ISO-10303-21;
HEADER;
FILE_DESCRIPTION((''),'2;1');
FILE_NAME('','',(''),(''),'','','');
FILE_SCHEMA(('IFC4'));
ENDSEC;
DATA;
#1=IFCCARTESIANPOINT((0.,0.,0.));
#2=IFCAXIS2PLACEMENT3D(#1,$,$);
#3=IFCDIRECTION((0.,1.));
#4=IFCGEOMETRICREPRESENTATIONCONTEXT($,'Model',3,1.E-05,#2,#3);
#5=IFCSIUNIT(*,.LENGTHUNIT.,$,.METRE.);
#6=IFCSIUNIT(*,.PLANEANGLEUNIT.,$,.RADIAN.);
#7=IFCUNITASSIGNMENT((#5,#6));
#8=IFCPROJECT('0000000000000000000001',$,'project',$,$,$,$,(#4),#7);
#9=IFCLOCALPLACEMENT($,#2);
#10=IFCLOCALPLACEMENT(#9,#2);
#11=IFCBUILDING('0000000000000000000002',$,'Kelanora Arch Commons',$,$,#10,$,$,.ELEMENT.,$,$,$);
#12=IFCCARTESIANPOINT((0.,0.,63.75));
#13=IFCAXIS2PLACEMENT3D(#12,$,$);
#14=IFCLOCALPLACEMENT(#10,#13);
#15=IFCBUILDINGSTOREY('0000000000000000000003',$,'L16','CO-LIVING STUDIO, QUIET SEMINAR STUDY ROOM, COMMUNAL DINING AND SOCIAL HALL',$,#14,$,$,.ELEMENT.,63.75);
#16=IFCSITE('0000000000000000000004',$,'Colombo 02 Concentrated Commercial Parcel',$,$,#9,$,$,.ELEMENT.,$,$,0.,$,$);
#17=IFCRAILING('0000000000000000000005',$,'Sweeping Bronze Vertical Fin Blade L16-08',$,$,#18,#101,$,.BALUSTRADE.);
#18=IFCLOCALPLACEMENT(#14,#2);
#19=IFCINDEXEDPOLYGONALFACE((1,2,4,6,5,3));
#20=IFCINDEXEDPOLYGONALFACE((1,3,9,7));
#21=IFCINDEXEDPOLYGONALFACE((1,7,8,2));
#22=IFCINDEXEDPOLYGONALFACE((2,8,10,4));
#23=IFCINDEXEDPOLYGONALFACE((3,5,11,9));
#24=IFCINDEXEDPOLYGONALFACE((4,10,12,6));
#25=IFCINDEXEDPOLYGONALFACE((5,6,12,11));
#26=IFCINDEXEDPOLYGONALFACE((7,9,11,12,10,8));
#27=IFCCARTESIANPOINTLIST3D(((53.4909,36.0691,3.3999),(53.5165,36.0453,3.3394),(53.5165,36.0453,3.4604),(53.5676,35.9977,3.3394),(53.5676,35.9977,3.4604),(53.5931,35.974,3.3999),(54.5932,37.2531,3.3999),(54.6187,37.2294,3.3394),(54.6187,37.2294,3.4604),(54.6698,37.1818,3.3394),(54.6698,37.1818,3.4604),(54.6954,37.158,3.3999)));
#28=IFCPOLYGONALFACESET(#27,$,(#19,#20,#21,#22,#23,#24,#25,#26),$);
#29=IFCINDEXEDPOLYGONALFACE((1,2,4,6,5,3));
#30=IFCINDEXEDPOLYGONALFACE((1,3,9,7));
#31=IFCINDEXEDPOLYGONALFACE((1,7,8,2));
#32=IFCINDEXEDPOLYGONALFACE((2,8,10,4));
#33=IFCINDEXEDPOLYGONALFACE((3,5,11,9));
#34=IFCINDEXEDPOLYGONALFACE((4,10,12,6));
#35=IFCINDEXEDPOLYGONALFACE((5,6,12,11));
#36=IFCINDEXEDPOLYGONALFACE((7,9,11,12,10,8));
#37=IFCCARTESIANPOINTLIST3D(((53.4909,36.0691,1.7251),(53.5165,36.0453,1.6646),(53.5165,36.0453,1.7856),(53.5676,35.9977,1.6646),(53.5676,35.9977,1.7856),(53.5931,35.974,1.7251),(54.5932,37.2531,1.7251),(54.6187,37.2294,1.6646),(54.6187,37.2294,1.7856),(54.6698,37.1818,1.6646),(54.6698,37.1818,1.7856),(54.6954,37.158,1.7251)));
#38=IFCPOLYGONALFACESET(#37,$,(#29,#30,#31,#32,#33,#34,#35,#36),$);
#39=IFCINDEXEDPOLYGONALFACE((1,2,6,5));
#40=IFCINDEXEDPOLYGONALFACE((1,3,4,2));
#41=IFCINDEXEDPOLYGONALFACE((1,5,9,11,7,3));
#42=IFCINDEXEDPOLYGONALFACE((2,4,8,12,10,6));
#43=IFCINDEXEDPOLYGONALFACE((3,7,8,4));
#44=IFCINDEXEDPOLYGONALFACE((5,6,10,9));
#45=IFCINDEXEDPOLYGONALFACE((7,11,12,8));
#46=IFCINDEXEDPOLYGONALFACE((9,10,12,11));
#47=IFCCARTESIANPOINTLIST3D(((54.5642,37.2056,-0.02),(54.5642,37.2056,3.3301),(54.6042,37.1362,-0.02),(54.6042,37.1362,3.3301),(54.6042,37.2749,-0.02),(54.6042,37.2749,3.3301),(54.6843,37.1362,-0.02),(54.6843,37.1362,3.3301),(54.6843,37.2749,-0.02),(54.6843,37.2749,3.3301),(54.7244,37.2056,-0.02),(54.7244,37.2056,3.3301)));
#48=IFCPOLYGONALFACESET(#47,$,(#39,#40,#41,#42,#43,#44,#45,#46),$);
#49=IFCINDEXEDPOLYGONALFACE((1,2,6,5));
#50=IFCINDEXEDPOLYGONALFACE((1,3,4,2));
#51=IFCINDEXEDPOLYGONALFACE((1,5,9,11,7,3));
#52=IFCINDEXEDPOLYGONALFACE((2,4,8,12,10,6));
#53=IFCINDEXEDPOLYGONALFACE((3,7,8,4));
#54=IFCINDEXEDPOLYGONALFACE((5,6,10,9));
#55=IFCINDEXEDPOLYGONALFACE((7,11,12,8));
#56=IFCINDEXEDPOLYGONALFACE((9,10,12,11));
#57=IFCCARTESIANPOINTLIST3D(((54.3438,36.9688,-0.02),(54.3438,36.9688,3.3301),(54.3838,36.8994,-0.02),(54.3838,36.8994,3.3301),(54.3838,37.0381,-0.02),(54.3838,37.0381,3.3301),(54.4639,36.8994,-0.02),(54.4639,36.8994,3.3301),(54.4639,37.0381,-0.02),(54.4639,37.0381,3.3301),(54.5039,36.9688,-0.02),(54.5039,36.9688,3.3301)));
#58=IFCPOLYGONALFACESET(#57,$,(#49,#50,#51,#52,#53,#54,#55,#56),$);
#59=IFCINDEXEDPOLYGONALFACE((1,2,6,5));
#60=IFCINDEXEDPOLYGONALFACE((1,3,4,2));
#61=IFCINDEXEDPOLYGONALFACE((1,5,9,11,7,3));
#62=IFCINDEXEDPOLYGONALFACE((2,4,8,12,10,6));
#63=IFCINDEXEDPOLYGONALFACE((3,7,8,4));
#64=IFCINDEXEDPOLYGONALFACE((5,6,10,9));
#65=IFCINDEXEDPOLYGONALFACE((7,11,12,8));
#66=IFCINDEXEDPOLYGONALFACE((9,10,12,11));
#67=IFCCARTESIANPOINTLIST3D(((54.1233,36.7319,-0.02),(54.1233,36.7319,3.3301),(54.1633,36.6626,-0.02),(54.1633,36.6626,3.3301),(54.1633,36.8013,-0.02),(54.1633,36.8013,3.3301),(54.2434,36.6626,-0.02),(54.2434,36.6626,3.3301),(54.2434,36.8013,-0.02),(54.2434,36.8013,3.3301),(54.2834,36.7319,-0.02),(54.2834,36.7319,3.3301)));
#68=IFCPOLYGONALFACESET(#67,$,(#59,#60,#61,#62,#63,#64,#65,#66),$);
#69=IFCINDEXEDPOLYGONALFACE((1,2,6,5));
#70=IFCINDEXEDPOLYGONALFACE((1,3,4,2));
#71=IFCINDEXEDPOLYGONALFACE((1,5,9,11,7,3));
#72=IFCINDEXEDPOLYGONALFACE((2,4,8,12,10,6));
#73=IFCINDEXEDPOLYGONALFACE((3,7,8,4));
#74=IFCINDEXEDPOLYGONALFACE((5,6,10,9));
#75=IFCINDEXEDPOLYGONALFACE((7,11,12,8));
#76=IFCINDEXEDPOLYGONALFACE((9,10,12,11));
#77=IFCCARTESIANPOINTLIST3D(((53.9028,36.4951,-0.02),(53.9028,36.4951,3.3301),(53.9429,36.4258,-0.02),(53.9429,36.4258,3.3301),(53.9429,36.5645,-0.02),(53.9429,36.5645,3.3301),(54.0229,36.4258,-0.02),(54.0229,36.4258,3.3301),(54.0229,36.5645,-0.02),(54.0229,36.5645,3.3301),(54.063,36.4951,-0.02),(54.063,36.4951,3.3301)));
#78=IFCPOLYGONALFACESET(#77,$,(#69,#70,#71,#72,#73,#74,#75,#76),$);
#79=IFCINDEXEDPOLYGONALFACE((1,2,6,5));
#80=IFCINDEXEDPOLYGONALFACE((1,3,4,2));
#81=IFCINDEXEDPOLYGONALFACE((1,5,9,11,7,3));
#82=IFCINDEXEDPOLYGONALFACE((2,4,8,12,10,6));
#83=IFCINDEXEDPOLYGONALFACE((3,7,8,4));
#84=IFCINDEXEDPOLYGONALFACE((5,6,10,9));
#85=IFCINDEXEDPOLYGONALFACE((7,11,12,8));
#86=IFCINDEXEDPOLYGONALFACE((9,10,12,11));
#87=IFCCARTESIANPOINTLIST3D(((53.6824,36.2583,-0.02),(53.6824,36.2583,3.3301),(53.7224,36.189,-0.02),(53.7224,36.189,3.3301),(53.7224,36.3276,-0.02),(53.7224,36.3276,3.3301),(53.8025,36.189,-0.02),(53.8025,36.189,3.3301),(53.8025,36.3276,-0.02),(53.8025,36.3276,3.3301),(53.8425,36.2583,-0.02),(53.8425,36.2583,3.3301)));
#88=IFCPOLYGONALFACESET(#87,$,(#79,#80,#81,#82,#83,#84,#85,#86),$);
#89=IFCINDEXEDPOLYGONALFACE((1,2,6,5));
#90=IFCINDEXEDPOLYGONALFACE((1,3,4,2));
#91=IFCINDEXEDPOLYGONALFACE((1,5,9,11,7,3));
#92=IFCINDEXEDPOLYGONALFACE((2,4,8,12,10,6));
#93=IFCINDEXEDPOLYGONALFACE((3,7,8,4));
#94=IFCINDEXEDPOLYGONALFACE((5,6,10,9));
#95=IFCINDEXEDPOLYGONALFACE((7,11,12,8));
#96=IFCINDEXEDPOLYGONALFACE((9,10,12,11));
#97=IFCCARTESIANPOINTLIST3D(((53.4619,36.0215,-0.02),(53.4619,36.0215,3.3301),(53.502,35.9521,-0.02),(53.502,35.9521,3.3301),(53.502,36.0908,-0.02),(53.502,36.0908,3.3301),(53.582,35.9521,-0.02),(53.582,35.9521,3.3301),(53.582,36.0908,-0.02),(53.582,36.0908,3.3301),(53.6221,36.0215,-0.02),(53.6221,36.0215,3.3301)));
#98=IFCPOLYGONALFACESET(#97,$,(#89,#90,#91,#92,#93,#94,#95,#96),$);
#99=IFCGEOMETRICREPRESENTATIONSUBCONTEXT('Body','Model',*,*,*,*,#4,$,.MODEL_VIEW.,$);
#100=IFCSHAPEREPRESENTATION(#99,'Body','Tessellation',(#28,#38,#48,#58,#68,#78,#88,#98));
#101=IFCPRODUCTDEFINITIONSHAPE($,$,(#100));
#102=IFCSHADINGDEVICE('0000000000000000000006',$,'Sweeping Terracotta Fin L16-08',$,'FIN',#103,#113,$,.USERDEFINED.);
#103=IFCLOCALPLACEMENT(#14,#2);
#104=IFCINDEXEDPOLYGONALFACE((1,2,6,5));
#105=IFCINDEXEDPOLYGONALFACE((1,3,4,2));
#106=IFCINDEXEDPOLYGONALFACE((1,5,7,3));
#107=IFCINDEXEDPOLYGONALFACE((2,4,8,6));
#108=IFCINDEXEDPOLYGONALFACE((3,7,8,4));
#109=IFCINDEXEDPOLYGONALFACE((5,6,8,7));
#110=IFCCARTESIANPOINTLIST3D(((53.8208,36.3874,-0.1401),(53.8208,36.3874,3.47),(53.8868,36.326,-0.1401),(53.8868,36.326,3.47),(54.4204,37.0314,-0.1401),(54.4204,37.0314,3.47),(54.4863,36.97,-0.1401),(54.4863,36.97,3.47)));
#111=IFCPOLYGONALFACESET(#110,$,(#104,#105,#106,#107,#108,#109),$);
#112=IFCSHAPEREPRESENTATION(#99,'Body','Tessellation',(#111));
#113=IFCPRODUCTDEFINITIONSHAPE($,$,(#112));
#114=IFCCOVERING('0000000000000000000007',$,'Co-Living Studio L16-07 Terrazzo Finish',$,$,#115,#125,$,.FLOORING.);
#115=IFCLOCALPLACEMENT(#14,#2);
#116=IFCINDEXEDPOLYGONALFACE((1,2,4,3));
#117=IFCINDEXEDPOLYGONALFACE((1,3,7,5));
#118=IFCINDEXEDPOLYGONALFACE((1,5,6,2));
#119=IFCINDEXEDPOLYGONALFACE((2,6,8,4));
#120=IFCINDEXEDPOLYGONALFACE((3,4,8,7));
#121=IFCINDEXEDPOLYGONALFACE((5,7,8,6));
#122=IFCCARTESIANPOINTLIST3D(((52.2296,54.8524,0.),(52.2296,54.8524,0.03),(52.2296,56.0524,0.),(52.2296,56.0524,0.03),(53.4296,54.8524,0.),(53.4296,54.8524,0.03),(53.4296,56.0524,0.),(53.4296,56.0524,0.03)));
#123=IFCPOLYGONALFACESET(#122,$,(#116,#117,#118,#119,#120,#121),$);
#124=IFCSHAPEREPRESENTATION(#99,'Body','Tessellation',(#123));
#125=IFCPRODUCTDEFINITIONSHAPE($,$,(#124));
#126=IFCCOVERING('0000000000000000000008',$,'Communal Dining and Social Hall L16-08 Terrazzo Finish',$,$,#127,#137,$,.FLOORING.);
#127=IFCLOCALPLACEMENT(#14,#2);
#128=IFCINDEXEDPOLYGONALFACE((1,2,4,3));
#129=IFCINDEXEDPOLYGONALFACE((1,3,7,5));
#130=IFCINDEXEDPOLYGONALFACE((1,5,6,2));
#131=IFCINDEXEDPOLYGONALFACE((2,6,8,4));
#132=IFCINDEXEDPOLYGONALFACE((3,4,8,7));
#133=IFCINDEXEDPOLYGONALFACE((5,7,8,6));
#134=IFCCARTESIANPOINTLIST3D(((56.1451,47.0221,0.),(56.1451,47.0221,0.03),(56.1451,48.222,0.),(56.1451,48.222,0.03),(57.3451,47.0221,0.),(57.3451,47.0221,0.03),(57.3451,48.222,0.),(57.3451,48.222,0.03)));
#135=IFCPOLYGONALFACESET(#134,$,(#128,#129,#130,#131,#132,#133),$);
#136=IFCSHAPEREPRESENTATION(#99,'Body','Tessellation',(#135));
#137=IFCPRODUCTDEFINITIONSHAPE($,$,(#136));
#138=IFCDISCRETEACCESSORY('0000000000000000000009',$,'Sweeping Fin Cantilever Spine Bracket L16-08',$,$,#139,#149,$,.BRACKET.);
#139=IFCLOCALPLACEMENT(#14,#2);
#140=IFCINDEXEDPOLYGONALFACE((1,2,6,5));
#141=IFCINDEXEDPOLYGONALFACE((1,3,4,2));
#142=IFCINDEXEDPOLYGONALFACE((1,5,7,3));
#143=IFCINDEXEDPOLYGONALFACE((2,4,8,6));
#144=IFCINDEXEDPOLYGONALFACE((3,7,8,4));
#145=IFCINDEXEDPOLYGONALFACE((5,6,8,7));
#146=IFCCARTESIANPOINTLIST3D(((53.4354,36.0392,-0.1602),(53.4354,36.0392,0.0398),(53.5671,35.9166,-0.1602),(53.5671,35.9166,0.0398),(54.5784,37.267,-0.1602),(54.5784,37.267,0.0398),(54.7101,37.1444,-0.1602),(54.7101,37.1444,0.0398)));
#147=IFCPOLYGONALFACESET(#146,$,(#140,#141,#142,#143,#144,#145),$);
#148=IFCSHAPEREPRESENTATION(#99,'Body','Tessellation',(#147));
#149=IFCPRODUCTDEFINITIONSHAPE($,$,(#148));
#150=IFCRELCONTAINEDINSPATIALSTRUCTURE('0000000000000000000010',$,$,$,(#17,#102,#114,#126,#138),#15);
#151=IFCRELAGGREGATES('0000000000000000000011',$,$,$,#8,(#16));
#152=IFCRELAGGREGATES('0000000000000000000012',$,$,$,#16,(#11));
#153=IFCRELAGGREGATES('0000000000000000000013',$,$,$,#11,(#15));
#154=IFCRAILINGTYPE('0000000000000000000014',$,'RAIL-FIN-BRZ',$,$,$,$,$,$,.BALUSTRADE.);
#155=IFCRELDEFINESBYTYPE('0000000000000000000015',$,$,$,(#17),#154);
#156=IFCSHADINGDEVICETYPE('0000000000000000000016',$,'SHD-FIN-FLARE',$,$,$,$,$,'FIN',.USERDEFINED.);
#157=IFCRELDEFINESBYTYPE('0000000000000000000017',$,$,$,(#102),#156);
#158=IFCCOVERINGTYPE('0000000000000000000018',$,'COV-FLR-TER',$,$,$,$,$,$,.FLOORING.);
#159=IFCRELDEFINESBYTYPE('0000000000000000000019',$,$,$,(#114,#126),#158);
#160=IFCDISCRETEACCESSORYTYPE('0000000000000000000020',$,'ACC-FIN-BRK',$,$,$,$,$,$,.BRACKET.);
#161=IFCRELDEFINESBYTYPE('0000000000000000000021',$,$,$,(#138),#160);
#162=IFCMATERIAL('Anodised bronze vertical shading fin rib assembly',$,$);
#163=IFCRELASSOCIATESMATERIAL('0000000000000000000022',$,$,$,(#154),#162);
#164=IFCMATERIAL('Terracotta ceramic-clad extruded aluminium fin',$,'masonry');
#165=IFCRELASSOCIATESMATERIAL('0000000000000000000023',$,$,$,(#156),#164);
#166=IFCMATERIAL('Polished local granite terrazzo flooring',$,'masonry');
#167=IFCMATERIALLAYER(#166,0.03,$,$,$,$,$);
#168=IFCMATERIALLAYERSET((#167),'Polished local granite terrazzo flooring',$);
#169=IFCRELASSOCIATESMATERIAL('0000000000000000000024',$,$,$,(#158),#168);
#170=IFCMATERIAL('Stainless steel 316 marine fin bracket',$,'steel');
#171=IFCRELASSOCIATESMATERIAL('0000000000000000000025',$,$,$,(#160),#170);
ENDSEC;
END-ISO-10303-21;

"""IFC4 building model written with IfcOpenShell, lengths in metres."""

from ifc_helpers import new_model, si_unit, direction, frame, origin, origin_2d, place, context, subcontext, project, spatial, polyline, rectangle, outline, extrude, source, transform, mapped, material, layer, layer_set, type_object, element, save


model = new_model("IFC4")

# Units and contexts
model_context = context("Model", 3, precision=1e-05, world=origin(), true_north=direction((0.0, 1.0)))
body_context = subcontext(model_context, "Body", "Model", "MODEL_VIEW")
ifc_project = project(units=[si_unit("LENGTHUNIT", "METRE"), si_unit("PLANEANGLEUNIT", "RADIAN")], contexts=[model_context])

# Site, building, storey
site_placement = place(None, origin())
site = spatial("IfcSite", under=ifc_project, at=site_placement, Name="Colombo 02 Concentrated Commercial Parcel", CompositionType="ELEMENT", RefElevation=0.0)
building_placement = place(site_placement, origin())
building = spatial("IfcBuilding", under=site, at=building_placement, Name="Kelanora Arch Commons", CompositionType="ELEMENT")
storey_placement = place(building_placement, frame((0.0, 0.0, 63.75)))
storey = spatial("IfcBuildingStorey", under=building, at=storey_placement, Name="L16", Description="CO-LIVING STUDIO, QUIET SEMINAR STUDY ROOM, COMMUNAL DINING AND SOCIAL HALL", CompositionType="ELEMENT", Elevation=63.75)

# Railing
ifc_material_1 = material(Name="Anodised bronze vertical shading fin rib assembly")
railing_type = type_object("IfcRailingType", Name="RAIL-FIN-BRZ", PredefinedType="BALUSTRADE", material=ifc_material_1)
railing_placement = place(storey_placement, frame((54.6443, 37.2056, -0.02)))
element("IfcRailing", 1, at=railing_placement, inside=storey, type_object=railing_type, Name="Sweeping Bronze Vertical Fin Blade L16-08", PredefinedType="BALUSTRADE", context=body_context, shape_type="SweptSolid", body=[
    extrude(outline(polyline([(0.0698, 0.0), (0.0349, 0.0605), (-0.0349, 0.0605), (-0.0698, 0.0), (-0.0349, -0.0605), (0.0349, -0.0605), (0.0698, 0.0)])), frame((0.0, 0.0, 3.4199), z_axis=(-0.681377, -0.731933, 0.0), x_axis=(0.731933, -0.681377, 0.0)), (0.0, 0.0, 1.0), 1.6177),
    extrude(outline(polyline([(0.0698, 0.0), (0.0349, 0.0605), (-0.0349, 0.0605), (-0.0698, 0.0), (-0.0349, -0.0605), (0.0349, -0.0605), (0.0698, 0.0)])), frame((0.0, 0.0, 1.7451), z_axis=(-0.681377, -0.731933, 0.0), x_axis=(0.731933, -0.681377, 0.0)), (0.0, 0.0, 1.0), 1.6177),
    extrude(outline(polyline([(0.0801, 0.0), (0.04, 0.0693), (-0.04, 0.0693), (-0.0801, 0.0), (-0.04, -0.0693), (0.04, -0.0693), (0.0801, 0.0)])), origin(), (0.0, 0.0, 1.0), 3.3501),
    extrude(outline(polyline([(0.0801, 0.0), (0.04, 0.0693), (-0.04, 0.0693), (-0.0801, 0.0), (-0.04, -0.0693), (0.04, -0.0693), (0.0801, 0.0)])), frame((-0.2205, -0.2368, 0.0)), (0.0, 0.0, 1.0), 3.3501),
    extrude(outline(polyline([(0.0801, 0.0), (0.04, 0.0693), (-0.04, 0.0693), (-0.0801, 0.0), (-0.04, -0.0693), (0.04, -0.0693), (0.0801, 0.0)])), frame((-0.4409, -0.4736, 0.0)), (0.0, 0.0, 1.0), 3.3501),
    extrude(outline(polyline([(0.0801, 0.0), (0.04, 0.0693), (-0.04, 0.0693), (-0.0801, 0.0), (-0.04, -0.0693), (0.04, -0.0693), (0.0801, 0.0)])), frame((-0.6614, -0.7104, 0.0)), (0.0, 0.0, 1.0), 3.3501),
    extrude(outline(polyline([(0.0801, 0.0), (0.04, 0.0693), (-0.04, 0.0693), (-0.0801, 0.0), (-0.04, -0.0693), (0.04, -0.0693), (0.0801, 0.0)])), frame((-0.8818, -0.9473, 0.0)), (0.0, 0.0, 1.0), 3.3501),
    extrude(outline(polyline([(0.0801, 0.0), (0.04, 0.0693), (-0.04, 0.0693), (-0.0801, 0.0), (-0.04, -0.0693), (0.04, -0.0693), (0.0801, 0.0)])), frame((-1.1023, -1.1841, 0.0)), (0.0, 0.0, 1.0), 3.3501),
])

# Shading device
ifc_material_2 = material(Name="Terracotta ceramic-clad extruded aluminium fin", Category="masonry")
shading_device_type = type_object("IfcShadingDeviceType", Name="SHD-FIN-FLARE", ElementType="FIN", PredefinedType="USERDEFINED", material=ifc_material_2)
shared_shape_1 = source(origin(), body_context, "Body", "SweptSolid", [
    extrude(rectangle(XDim=0.8799, YDim=0.0901, at=origin_2d()), origin(), (0.0, 0.0, 1.0), 3.6101),
])
shading_device_placement = place(storey_placement, frame((54.1536, 36.6787, -0.1401), z_axis=(0.0, 0.0, 1.0), x_axis=(-0.68136, -0.731949, 0.0)))
element("IfcShadingDevice", 2, at=shading_device_placement, inside=storey, type_object=shading_device_type, Name="Sweeping Terracotta Fin L16-08", ObjectType="FIN", PredefinedType="USERDEFINED", context=body_context, shape_type="MappedRepresentation", body=[
    mapped(shared_shape_1, transform((0.0, 0.0, 0.0), scale=1.0)),
])

# Coverings
ifc_material_3 = material(Name="Polished local granite terrazzo flooring", Category="masonry")
ifc_layer_1 = layer(ifc_material_3, 0.03)
ifc_layer_set_1 = layer_set([ifc_layer_1], Name="Polished local granite terrazzo flooring")
covering_type = type_object("IfcCoveringType", Name="COV-FLR-TER", PredefinedType="FLOORING", material=ifc_layer_set_1)
shared_shape_2 = source(origin(), body_context, "Body", "SweptSolid", [
    extrude(rectangle(XDim=1.2, YDim=1.2, at=origin_2d()), origin(), (0.0, 0.0, 1.0), 0.03),
])
for number, where, z_axis, x_axis, name in (
    (3, (52.8296, 55.4524, 0.0), (0.0, 0.0, 1.0), (1.0, 0.0, 0.0), "Co-Living Studio L16-07 Terrazzo Finish"),
    (4, (56.7451, 47.6221, 0.0), (0.0, 0.0, 1.0), (1.0, 0.0, 0.0), "Communal Dining and Social Hall L16-08 Terrazzo Finish"),
):
    element("IfcCovering", number, at=place(storey_placement, frame(where, z_axis=z_axis, x_axis=x_axis)), inside=storey, type_object=covering_type, Name=name, PredefinedType="FLOORING", context=body_context, shape_type="MappedRepresentation", body=[
        mapped(shared_shape_2, transform((0.0, 0.0, 0.0), scale=1.0)),
    ])

# Discrete accessory
ifc_material_4 = material(Name="Stainless steel 316 marine fin bracket", Category="steel")
discrete_accessory_type = type_object("IfcDiscreteAccessoryType", Name="ACC-FIN-BRK", PredefinedType="BRACKET", material=ifc_material_4)
shared_shape_3 = source(origin(), body_context, "Body", "SweptSolid", [
    extrude(rectangle(XDim=1.6775, YDim=0.1799, at=origin_2d()), origin(), (0.0, 0.0, 1.0), 0.2),
])
discrete_accessory_placement = place(storey_placement, frame((54.0728, 36.5918, -0.1602), z_axis=(0.0, 0.0, 1.0), x_axis=(-0.68136, -0.731949, 0.0)))
element("IfcDiscreteAccessory", 5, at=discrete_accessory_placement, inside=storey, type_object=discrete_accessory_type, Name="Sweeping Fin Cantilever Spine Bracket L16-08", PredefinedType="BRACKET", context=body_context, shape_type="MappedRepresentation", body=[
    mapped(shared_shape_3, transform((0.0, 0.0, 0.0), scale=1.0)),
])

save(model, "model.ifc")
